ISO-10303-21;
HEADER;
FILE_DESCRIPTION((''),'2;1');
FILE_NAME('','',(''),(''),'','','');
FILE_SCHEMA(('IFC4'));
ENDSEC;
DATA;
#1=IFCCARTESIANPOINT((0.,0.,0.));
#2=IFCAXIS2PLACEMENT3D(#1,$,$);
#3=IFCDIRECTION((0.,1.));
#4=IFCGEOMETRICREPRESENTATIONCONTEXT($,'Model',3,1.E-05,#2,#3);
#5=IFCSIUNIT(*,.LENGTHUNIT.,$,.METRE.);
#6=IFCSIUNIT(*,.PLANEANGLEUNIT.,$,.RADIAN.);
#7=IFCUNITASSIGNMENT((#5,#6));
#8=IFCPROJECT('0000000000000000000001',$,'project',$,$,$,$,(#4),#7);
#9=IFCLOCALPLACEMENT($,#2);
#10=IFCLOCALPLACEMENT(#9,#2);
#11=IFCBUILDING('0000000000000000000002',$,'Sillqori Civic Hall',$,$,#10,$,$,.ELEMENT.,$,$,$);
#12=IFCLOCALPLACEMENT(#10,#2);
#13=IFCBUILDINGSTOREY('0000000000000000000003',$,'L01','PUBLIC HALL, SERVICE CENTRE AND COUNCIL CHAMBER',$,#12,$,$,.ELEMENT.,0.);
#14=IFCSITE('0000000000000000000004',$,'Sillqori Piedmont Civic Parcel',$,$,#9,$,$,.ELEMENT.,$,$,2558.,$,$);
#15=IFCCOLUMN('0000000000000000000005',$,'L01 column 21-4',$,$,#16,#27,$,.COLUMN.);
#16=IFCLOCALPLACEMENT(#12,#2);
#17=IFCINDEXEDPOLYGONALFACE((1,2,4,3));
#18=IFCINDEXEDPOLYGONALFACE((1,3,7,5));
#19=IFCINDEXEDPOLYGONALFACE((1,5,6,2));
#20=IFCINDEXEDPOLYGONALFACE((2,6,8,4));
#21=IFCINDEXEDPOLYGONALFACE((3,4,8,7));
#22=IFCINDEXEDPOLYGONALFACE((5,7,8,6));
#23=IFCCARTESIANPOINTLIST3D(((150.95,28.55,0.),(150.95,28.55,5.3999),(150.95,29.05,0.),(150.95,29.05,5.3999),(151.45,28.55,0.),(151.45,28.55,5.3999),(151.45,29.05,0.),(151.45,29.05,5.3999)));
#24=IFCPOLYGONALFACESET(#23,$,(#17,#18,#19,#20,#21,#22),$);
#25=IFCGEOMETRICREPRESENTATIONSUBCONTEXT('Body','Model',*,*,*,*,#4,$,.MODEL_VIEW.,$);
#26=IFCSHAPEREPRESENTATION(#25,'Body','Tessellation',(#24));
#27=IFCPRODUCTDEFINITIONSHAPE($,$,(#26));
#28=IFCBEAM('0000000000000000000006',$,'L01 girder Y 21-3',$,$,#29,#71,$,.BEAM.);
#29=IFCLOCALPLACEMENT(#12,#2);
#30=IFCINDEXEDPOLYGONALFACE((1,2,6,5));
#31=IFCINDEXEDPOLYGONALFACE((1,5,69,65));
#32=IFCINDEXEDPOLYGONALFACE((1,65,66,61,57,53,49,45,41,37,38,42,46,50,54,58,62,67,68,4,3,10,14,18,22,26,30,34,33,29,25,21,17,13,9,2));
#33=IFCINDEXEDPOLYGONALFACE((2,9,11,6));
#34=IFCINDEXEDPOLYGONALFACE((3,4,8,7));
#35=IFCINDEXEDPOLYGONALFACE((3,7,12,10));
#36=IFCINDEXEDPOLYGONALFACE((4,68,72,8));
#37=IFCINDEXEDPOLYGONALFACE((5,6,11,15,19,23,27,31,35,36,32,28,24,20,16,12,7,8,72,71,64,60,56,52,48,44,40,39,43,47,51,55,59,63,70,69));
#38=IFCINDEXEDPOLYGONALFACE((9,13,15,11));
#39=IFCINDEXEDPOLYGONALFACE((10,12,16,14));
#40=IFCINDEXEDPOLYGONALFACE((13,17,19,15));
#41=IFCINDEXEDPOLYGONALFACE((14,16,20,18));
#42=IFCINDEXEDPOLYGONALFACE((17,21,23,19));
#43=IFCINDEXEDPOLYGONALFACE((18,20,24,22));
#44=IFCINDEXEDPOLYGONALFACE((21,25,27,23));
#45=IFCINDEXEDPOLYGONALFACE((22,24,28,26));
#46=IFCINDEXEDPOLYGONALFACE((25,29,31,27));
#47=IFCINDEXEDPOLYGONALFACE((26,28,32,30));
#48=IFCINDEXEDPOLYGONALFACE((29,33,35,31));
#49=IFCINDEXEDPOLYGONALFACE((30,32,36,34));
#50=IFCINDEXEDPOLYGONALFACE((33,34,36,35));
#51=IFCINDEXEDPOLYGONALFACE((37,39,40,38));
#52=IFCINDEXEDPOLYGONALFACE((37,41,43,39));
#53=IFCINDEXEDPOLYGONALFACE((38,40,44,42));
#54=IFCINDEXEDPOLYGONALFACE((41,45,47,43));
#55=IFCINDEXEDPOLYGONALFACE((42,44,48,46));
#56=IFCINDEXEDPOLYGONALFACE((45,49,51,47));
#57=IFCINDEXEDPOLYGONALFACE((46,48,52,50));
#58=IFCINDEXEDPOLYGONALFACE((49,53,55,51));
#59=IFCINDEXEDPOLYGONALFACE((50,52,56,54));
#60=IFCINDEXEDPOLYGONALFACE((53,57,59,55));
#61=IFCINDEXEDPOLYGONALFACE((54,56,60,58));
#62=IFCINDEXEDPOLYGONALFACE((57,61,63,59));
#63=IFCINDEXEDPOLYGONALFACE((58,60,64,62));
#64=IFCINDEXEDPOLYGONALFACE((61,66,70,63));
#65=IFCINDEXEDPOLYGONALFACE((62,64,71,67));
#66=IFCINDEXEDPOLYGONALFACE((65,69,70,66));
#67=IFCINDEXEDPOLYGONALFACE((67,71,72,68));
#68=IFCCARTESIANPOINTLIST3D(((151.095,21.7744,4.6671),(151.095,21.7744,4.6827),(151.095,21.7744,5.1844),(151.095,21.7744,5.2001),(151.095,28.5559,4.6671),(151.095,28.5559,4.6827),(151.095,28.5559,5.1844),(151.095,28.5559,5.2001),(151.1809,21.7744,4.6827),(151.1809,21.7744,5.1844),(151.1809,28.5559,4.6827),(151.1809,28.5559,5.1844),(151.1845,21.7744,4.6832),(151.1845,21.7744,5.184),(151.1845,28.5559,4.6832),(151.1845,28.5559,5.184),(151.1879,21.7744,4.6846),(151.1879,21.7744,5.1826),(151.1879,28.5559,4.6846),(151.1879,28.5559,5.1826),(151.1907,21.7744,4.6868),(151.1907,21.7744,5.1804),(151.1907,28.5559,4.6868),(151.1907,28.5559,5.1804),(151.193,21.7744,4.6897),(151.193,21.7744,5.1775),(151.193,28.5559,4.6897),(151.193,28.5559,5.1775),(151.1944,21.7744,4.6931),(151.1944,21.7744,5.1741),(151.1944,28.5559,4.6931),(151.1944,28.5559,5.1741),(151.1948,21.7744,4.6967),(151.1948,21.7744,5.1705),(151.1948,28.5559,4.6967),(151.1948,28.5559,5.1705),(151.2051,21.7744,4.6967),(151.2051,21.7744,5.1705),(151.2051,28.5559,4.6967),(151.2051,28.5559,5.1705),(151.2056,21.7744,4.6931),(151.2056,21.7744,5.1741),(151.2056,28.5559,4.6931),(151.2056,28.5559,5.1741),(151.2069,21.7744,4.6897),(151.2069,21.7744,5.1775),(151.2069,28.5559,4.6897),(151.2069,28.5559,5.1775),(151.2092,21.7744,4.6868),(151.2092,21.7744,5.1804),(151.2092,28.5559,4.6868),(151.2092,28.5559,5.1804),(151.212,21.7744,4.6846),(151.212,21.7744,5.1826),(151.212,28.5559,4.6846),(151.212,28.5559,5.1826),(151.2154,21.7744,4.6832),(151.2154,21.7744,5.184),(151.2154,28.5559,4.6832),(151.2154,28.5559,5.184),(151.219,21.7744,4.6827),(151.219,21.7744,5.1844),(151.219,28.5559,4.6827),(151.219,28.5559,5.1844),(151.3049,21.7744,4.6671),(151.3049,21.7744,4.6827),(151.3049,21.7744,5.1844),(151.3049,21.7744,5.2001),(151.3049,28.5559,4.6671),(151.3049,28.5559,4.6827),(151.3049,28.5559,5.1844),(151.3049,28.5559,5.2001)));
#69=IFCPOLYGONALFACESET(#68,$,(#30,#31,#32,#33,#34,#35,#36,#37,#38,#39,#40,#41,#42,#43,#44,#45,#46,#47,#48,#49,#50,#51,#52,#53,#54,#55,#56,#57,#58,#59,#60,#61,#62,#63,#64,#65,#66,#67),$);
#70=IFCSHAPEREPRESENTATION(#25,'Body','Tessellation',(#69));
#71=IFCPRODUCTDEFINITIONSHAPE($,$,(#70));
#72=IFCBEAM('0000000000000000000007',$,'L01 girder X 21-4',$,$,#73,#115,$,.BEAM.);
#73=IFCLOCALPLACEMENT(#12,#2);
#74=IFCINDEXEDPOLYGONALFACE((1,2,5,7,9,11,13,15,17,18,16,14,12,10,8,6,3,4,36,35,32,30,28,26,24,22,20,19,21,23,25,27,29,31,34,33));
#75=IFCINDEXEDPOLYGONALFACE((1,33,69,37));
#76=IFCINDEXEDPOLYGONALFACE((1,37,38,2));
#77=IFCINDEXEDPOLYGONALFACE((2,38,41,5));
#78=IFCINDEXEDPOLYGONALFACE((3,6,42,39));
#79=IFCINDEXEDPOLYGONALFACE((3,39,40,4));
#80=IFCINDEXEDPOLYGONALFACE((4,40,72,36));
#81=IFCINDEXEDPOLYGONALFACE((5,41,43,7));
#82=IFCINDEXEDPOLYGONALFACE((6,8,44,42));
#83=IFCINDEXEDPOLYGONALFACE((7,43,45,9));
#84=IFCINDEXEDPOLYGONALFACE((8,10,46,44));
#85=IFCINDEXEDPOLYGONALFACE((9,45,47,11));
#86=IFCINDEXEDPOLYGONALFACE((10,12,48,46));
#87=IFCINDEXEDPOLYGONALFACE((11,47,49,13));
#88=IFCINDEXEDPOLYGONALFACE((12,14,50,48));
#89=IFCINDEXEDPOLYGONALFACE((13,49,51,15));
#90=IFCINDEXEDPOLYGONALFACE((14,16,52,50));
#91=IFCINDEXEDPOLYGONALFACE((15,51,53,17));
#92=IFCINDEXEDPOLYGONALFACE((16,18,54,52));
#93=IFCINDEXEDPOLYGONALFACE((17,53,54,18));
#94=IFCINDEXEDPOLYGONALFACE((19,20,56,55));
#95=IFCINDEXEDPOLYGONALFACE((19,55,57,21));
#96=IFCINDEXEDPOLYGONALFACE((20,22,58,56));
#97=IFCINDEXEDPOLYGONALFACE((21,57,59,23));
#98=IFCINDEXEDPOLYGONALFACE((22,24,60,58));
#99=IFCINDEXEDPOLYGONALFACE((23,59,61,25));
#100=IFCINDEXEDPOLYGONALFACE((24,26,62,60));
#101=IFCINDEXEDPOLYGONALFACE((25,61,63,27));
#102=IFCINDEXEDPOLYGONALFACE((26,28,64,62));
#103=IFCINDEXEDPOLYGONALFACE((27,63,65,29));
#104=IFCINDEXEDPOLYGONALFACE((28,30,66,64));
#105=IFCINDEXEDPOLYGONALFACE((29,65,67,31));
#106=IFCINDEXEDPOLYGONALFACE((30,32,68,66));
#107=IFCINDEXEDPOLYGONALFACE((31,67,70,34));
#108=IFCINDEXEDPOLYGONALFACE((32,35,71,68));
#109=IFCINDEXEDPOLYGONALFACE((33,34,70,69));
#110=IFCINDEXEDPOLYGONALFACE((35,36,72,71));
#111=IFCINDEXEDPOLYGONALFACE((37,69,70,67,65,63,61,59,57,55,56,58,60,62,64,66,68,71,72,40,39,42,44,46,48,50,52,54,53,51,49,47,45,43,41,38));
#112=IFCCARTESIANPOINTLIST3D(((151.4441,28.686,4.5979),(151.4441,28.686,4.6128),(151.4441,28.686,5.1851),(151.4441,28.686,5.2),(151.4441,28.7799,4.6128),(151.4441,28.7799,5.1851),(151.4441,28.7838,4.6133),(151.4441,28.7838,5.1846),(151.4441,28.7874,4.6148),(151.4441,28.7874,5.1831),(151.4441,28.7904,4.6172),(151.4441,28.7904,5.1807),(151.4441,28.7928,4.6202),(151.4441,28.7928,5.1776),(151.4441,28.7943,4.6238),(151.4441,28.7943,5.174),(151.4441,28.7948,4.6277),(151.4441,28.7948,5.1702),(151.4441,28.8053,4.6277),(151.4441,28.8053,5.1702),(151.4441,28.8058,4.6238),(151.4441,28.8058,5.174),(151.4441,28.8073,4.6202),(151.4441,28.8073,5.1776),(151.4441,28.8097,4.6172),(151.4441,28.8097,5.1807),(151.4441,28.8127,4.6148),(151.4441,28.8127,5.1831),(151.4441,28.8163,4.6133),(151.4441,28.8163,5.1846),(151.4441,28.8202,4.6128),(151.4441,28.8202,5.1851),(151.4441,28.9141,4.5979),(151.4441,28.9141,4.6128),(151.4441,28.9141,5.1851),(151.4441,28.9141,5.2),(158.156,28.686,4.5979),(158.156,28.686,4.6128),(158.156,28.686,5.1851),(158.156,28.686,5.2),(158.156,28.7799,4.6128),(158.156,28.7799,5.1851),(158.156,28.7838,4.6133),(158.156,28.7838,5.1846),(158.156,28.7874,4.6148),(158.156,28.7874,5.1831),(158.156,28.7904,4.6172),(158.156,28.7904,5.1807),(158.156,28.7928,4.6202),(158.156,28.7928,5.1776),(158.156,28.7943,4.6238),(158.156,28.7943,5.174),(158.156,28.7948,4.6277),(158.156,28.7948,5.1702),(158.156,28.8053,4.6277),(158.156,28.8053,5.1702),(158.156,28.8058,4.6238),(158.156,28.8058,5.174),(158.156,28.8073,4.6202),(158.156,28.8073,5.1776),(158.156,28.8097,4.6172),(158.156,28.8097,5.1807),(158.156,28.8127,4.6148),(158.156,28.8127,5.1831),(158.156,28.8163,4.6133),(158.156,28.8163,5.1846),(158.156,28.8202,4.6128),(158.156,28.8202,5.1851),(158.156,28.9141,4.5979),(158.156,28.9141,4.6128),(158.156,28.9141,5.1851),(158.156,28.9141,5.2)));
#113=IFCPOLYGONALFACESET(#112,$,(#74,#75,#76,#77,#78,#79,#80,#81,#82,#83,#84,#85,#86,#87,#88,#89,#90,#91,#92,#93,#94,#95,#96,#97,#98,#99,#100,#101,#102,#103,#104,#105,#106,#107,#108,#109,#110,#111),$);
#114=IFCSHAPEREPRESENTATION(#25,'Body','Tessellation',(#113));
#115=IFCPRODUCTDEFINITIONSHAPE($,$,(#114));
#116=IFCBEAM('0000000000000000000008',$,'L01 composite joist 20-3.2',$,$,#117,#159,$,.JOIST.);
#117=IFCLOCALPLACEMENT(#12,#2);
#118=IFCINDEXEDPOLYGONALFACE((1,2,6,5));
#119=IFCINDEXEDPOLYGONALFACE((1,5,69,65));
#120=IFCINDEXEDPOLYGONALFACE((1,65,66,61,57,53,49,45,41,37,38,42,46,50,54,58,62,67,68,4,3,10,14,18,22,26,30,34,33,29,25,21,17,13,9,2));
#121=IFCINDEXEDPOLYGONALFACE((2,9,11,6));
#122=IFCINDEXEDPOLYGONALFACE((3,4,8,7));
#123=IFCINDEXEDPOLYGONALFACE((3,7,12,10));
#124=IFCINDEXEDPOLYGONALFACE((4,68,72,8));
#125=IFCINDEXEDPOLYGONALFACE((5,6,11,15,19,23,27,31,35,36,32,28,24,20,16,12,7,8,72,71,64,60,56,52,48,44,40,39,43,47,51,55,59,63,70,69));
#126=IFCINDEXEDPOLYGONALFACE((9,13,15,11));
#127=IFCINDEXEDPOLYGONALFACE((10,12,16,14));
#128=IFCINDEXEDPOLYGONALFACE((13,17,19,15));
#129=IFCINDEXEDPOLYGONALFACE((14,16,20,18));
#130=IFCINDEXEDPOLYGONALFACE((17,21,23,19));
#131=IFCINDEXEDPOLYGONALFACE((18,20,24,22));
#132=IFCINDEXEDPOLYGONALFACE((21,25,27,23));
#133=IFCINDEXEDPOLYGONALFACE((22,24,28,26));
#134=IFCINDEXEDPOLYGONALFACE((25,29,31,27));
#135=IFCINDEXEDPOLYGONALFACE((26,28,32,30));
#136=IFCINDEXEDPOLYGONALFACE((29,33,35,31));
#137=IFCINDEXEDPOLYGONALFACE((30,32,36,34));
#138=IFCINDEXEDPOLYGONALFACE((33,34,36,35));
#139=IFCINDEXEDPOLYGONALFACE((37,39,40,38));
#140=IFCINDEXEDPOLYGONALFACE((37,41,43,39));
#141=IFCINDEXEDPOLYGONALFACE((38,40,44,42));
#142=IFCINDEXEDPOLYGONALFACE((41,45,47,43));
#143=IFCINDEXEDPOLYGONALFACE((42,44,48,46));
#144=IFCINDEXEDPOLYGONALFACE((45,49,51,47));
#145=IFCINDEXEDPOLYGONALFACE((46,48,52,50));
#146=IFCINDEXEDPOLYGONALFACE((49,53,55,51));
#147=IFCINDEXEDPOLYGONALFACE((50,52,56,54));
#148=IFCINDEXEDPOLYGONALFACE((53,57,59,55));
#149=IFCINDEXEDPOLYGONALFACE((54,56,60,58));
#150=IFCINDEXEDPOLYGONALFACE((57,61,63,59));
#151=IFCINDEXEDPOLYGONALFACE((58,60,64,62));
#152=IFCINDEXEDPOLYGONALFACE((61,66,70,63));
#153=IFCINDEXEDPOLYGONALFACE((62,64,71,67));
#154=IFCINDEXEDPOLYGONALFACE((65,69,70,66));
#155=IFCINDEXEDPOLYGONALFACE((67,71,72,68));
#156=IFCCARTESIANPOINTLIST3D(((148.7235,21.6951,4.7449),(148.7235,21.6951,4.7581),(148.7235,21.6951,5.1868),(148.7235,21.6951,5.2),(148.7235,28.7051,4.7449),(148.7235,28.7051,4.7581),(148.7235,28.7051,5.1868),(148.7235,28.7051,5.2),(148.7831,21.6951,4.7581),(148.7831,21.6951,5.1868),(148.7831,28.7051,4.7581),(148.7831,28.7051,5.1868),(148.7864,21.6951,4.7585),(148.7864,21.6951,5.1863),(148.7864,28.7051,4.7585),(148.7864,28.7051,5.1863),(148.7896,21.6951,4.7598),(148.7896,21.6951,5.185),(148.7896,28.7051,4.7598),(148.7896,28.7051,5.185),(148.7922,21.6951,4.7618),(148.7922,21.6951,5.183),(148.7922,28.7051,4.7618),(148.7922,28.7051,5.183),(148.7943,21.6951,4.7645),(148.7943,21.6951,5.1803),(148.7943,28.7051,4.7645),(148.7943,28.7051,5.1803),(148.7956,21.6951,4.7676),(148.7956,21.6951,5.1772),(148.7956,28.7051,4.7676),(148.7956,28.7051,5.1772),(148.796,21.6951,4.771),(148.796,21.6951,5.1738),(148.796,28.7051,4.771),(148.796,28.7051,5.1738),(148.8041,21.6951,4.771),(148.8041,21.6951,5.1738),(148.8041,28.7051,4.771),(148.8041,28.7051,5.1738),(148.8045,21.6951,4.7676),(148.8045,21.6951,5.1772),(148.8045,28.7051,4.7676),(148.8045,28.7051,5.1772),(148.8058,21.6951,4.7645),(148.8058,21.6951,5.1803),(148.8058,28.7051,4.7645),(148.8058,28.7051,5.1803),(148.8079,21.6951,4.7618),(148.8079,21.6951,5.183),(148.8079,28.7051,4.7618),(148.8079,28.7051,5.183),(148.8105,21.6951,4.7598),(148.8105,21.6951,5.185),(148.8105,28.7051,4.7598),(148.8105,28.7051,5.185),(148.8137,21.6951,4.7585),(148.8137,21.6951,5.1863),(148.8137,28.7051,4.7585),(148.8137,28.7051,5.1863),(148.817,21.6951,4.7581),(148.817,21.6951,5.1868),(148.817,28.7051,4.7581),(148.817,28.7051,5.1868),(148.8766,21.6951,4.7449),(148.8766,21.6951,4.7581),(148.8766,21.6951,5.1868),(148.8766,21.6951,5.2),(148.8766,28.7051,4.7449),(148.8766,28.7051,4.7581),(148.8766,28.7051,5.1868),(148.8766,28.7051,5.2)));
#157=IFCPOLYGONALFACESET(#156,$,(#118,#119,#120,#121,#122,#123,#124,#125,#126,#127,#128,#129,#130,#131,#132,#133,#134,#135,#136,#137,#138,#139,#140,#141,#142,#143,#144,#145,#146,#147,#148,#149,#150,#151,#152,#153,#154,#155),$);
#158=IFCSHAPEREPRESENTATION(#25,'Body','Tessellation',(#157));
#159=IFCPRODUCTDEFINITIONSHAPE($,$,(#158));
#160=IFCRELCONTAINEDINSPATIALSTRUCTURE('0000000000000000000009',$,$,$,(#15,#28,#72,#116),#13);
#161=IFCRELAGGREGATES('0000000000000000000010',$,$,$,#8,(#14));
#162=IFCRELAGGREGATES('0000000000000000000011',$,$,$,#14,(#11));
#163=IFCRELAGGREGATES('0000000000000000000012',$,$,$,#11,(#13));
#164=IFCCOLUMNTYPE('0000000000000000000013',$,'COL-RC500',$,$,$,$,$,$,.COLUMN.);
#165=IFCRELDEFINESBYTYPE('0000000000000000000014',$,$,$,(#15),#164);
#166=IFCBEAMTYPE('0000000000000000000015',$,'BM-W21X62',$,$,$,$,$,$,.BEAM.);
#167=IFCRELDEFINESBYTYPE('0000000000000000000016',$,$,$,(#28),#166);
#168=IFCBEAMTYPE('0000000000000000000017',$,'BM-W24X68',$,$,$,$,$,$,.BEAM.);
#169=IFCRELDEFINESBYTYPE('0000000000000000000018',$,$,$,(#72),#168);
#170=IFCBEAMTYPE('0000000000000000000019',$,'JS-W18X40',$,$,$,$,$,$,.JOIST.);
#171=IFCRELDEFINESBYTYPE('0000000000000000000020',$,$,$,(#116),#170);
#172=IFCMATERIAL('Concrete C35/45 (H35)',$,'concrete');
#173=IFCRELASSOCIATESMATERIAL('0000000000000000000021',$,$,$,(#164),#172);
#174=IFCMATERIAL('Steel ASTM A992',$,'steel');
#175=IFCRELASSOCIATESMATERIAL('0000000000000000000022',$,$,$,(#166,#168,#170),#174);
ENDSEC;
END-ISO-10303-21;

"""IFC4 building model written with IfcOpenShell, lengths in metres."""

from ifc_helpers import new_model, si_unit, direction, frame, origin, origin_2d, place, context, subcontext, project, spatial, rectangle, i_section, extrude, material, material_profile, profile_set, type_object, element, save


model = new_model("IFC4")

# Units and contexts
model_context = context("Model", 3, precision=1e-05, world=origin(), true_north=direction((0.0, 1.0)))
body_context = subcontext(model_context, "Body", "Model", "MODEL_VIEW")
ifc_project = project(units=[si_unit("LENGTHUNIT", "METRE"), si_unit("PLANEANGLEUNIT", "RADIAN")], contexts=[model_context])

# Site, building, storey
site_placement = place(None, origin())
site = spatial("IfcSite", under=ifc_project, at=site_placement, Name="Sillqori Piedmont Civic Parcel", CompositionType="ELEMENT", RefElevation=2558.0)
building_placement = place(site_placement, origin())
building = spatial("IfcBuilding", under=site, at=building_placement, Name="Sillqori Civic Hall", CompositionType="ELEMENT")
storey_placement = place(building_placement, origin())
storey = spatial("IfcBuildingStorey", under=building, at=storey_placement, Name="L01", Description="PUBLIC HALL, SERVICE CENTRE AND COUNCIL CHAMBER", CompositionType="ELEMENT", Elevation=0.0)

# Column
ifc_material_1 = material(Name="Concrete C35/45 (H35)", Category="concrete")
ifc_material_profile_1 = material_profile(ifc_material_1, rectangle(XDim=0.5, YDim=0.5, at=origin_2d()), Name="RC 500x500")
ifc_profile_set_1 = profile_set([ifc_material_profile_1], Name="Concrete C35/45 (H35)")
column_type = type_object("IfcColumnType", Name="COL-RC500", PredefinedType="COLUMN", material=ifc_profile_set_1)
column_placement = place(storey_placement, frame((151.2, 28.8, 0.0), z_axis=(0.0, 0.0, 1.0), x_axis=(1.0, 0.0, 0.0)))
element("IfcColumn", 1, at=column_placement, inside=storey, type_object=column_type, Name="L01 column 21-4", PredefinedType="COLUMN", context=body_context, shape_type="SweptSolid", body=[
    extrude(rectangle(XDim=0.5, YDim=0.5, at=origin_2d()), origin(), (0.0, 0.0, 1.0), 5.3999),
])

# Beams
ifc_material_2 = material(Name="Steel ASTM A992", Category="steel")
ifc_material_profile_2 = material_profile(ifc_material_2, i_section(OverallWidth=0.21, OverallDepth=0.533, WebThickness=0.0103, FlangeThickness=0.0156, FilletRadius=0.0139, at=origin_2d()), Name="W21X62")
ifc_profile_set_2 = profile_set([ifc_material_profile_2], Name="Steel ASTM A992")
beam_type_1 = type_object("IfcBeamType", Name="BM-W21X62", PredefinedType="BEAM", material=ifc_profile_set_2)
beam_1_placement = place(storey_placement, frame((151.2, 21.7744, 4.9336), z_axis=(0.0, 1.0, 0.0), x_axis=(-1.0, 0.0, 0.0)))
element("IfcBeam", 2, at=beam_1_placement, inside=storey, type_object=beam_type_1, Name="L01 girder Y 21-3", PredefinedType="BEAM", context=body_context, shape_type="SweptSolid", body=[
    extrude(i_section(OverallWidth=0.21, OverallDepth=0.533, WebThickness=0.0103, FlangeThickness=0.0156, FilletRadius=0.0139, at=origin_2d()), origin(), (0.0, 0.0, 1.0), 6.7815),
])
ifc_material_profile_3 = material_profile(ifc_material_2, i_section(OverallWidth=0.228, OverallDepth=0.6021, WebThickness=0.0105, FlangeThickness=0.0149, FilletRadius=0.0149, at=origin_2d()), Name="W24X68")
ifc_profile_set_3 = profile_set([ifc_material_profile_3], Name="Steel ASTM A992")
beam_type_2 = type_object("IfcBeamType", Name="BM-W24X68", PredefinedType="BEAM", material=ifc_profile_set_3)
beam_2_placement = place(storey_placement, frame((151.4441, 28.8, 4.8989), z_axis=(1.0, 0.0, 0.0), x_axis=(0.0, 1.0, 0.0)))
element("IfcBeam", 3, at=beam_2_placement, inside=storey, type_object=beam_type_2, Name="L01 girder X 21-4", PredefinedType="BEAM", context=body_context, shape_type="SweptSolid", body=[
    extrude(i_section(OverallWidth=0.228, OverallDepth=0.6021, WebThickness=0.0105, FlangeThickness=0.0149, FilletRadius=0.0149, at=origin_2d()), origin(), (0.0, 0.0, 1.0), 6.7119),
])

# Beam
ifc_material_profile_4 = material_profile(ifc_material_2, i_section(OverallWidth=0.1531, OverallDepth=0.4551, WebThickness=0.0081, FlangeThickness=0.0132, FilletRadius=0.0129, at=origin_2d()), Name="W18X40")
ifc_profile_set_4 = profile_set([ifc_material_profile_4], Name="Steel ASTM A992")
beam_type_3 = type_object("IfcBeamType", Name="JS-W18X40", PredefinedType="JOIST", material=ifc_profile_set_4)
for number, where, z_axis, x_axis, name in (
    (4, (148.8, 21.6951, 4.9724), (0.0, 1.0, 0.0), (-1.0, 0.0, 0.0), "L01 composite joist 20-3.2"),
):
    element("IfcBeam", number, at=place(storey_placement, frame(where, z_axis=z_axis, x_axis=x_axis)), inside=storey, type_object=beam_type_3, Name=name, PredefinedType="JOIST", context=body_context, shape_type="SweptSolid", body=[
        extrude(i_section(OverallWidth=0.1531, OverallDepth=0.4551, WebThickness=0.0081, FlangeThickness=0.0132, FilletRadius=0.0129, at=origin_2d()), origin(), (0.0, 0.0, 1.0), 7.01),
    ])

save(model, "model.ifc")
